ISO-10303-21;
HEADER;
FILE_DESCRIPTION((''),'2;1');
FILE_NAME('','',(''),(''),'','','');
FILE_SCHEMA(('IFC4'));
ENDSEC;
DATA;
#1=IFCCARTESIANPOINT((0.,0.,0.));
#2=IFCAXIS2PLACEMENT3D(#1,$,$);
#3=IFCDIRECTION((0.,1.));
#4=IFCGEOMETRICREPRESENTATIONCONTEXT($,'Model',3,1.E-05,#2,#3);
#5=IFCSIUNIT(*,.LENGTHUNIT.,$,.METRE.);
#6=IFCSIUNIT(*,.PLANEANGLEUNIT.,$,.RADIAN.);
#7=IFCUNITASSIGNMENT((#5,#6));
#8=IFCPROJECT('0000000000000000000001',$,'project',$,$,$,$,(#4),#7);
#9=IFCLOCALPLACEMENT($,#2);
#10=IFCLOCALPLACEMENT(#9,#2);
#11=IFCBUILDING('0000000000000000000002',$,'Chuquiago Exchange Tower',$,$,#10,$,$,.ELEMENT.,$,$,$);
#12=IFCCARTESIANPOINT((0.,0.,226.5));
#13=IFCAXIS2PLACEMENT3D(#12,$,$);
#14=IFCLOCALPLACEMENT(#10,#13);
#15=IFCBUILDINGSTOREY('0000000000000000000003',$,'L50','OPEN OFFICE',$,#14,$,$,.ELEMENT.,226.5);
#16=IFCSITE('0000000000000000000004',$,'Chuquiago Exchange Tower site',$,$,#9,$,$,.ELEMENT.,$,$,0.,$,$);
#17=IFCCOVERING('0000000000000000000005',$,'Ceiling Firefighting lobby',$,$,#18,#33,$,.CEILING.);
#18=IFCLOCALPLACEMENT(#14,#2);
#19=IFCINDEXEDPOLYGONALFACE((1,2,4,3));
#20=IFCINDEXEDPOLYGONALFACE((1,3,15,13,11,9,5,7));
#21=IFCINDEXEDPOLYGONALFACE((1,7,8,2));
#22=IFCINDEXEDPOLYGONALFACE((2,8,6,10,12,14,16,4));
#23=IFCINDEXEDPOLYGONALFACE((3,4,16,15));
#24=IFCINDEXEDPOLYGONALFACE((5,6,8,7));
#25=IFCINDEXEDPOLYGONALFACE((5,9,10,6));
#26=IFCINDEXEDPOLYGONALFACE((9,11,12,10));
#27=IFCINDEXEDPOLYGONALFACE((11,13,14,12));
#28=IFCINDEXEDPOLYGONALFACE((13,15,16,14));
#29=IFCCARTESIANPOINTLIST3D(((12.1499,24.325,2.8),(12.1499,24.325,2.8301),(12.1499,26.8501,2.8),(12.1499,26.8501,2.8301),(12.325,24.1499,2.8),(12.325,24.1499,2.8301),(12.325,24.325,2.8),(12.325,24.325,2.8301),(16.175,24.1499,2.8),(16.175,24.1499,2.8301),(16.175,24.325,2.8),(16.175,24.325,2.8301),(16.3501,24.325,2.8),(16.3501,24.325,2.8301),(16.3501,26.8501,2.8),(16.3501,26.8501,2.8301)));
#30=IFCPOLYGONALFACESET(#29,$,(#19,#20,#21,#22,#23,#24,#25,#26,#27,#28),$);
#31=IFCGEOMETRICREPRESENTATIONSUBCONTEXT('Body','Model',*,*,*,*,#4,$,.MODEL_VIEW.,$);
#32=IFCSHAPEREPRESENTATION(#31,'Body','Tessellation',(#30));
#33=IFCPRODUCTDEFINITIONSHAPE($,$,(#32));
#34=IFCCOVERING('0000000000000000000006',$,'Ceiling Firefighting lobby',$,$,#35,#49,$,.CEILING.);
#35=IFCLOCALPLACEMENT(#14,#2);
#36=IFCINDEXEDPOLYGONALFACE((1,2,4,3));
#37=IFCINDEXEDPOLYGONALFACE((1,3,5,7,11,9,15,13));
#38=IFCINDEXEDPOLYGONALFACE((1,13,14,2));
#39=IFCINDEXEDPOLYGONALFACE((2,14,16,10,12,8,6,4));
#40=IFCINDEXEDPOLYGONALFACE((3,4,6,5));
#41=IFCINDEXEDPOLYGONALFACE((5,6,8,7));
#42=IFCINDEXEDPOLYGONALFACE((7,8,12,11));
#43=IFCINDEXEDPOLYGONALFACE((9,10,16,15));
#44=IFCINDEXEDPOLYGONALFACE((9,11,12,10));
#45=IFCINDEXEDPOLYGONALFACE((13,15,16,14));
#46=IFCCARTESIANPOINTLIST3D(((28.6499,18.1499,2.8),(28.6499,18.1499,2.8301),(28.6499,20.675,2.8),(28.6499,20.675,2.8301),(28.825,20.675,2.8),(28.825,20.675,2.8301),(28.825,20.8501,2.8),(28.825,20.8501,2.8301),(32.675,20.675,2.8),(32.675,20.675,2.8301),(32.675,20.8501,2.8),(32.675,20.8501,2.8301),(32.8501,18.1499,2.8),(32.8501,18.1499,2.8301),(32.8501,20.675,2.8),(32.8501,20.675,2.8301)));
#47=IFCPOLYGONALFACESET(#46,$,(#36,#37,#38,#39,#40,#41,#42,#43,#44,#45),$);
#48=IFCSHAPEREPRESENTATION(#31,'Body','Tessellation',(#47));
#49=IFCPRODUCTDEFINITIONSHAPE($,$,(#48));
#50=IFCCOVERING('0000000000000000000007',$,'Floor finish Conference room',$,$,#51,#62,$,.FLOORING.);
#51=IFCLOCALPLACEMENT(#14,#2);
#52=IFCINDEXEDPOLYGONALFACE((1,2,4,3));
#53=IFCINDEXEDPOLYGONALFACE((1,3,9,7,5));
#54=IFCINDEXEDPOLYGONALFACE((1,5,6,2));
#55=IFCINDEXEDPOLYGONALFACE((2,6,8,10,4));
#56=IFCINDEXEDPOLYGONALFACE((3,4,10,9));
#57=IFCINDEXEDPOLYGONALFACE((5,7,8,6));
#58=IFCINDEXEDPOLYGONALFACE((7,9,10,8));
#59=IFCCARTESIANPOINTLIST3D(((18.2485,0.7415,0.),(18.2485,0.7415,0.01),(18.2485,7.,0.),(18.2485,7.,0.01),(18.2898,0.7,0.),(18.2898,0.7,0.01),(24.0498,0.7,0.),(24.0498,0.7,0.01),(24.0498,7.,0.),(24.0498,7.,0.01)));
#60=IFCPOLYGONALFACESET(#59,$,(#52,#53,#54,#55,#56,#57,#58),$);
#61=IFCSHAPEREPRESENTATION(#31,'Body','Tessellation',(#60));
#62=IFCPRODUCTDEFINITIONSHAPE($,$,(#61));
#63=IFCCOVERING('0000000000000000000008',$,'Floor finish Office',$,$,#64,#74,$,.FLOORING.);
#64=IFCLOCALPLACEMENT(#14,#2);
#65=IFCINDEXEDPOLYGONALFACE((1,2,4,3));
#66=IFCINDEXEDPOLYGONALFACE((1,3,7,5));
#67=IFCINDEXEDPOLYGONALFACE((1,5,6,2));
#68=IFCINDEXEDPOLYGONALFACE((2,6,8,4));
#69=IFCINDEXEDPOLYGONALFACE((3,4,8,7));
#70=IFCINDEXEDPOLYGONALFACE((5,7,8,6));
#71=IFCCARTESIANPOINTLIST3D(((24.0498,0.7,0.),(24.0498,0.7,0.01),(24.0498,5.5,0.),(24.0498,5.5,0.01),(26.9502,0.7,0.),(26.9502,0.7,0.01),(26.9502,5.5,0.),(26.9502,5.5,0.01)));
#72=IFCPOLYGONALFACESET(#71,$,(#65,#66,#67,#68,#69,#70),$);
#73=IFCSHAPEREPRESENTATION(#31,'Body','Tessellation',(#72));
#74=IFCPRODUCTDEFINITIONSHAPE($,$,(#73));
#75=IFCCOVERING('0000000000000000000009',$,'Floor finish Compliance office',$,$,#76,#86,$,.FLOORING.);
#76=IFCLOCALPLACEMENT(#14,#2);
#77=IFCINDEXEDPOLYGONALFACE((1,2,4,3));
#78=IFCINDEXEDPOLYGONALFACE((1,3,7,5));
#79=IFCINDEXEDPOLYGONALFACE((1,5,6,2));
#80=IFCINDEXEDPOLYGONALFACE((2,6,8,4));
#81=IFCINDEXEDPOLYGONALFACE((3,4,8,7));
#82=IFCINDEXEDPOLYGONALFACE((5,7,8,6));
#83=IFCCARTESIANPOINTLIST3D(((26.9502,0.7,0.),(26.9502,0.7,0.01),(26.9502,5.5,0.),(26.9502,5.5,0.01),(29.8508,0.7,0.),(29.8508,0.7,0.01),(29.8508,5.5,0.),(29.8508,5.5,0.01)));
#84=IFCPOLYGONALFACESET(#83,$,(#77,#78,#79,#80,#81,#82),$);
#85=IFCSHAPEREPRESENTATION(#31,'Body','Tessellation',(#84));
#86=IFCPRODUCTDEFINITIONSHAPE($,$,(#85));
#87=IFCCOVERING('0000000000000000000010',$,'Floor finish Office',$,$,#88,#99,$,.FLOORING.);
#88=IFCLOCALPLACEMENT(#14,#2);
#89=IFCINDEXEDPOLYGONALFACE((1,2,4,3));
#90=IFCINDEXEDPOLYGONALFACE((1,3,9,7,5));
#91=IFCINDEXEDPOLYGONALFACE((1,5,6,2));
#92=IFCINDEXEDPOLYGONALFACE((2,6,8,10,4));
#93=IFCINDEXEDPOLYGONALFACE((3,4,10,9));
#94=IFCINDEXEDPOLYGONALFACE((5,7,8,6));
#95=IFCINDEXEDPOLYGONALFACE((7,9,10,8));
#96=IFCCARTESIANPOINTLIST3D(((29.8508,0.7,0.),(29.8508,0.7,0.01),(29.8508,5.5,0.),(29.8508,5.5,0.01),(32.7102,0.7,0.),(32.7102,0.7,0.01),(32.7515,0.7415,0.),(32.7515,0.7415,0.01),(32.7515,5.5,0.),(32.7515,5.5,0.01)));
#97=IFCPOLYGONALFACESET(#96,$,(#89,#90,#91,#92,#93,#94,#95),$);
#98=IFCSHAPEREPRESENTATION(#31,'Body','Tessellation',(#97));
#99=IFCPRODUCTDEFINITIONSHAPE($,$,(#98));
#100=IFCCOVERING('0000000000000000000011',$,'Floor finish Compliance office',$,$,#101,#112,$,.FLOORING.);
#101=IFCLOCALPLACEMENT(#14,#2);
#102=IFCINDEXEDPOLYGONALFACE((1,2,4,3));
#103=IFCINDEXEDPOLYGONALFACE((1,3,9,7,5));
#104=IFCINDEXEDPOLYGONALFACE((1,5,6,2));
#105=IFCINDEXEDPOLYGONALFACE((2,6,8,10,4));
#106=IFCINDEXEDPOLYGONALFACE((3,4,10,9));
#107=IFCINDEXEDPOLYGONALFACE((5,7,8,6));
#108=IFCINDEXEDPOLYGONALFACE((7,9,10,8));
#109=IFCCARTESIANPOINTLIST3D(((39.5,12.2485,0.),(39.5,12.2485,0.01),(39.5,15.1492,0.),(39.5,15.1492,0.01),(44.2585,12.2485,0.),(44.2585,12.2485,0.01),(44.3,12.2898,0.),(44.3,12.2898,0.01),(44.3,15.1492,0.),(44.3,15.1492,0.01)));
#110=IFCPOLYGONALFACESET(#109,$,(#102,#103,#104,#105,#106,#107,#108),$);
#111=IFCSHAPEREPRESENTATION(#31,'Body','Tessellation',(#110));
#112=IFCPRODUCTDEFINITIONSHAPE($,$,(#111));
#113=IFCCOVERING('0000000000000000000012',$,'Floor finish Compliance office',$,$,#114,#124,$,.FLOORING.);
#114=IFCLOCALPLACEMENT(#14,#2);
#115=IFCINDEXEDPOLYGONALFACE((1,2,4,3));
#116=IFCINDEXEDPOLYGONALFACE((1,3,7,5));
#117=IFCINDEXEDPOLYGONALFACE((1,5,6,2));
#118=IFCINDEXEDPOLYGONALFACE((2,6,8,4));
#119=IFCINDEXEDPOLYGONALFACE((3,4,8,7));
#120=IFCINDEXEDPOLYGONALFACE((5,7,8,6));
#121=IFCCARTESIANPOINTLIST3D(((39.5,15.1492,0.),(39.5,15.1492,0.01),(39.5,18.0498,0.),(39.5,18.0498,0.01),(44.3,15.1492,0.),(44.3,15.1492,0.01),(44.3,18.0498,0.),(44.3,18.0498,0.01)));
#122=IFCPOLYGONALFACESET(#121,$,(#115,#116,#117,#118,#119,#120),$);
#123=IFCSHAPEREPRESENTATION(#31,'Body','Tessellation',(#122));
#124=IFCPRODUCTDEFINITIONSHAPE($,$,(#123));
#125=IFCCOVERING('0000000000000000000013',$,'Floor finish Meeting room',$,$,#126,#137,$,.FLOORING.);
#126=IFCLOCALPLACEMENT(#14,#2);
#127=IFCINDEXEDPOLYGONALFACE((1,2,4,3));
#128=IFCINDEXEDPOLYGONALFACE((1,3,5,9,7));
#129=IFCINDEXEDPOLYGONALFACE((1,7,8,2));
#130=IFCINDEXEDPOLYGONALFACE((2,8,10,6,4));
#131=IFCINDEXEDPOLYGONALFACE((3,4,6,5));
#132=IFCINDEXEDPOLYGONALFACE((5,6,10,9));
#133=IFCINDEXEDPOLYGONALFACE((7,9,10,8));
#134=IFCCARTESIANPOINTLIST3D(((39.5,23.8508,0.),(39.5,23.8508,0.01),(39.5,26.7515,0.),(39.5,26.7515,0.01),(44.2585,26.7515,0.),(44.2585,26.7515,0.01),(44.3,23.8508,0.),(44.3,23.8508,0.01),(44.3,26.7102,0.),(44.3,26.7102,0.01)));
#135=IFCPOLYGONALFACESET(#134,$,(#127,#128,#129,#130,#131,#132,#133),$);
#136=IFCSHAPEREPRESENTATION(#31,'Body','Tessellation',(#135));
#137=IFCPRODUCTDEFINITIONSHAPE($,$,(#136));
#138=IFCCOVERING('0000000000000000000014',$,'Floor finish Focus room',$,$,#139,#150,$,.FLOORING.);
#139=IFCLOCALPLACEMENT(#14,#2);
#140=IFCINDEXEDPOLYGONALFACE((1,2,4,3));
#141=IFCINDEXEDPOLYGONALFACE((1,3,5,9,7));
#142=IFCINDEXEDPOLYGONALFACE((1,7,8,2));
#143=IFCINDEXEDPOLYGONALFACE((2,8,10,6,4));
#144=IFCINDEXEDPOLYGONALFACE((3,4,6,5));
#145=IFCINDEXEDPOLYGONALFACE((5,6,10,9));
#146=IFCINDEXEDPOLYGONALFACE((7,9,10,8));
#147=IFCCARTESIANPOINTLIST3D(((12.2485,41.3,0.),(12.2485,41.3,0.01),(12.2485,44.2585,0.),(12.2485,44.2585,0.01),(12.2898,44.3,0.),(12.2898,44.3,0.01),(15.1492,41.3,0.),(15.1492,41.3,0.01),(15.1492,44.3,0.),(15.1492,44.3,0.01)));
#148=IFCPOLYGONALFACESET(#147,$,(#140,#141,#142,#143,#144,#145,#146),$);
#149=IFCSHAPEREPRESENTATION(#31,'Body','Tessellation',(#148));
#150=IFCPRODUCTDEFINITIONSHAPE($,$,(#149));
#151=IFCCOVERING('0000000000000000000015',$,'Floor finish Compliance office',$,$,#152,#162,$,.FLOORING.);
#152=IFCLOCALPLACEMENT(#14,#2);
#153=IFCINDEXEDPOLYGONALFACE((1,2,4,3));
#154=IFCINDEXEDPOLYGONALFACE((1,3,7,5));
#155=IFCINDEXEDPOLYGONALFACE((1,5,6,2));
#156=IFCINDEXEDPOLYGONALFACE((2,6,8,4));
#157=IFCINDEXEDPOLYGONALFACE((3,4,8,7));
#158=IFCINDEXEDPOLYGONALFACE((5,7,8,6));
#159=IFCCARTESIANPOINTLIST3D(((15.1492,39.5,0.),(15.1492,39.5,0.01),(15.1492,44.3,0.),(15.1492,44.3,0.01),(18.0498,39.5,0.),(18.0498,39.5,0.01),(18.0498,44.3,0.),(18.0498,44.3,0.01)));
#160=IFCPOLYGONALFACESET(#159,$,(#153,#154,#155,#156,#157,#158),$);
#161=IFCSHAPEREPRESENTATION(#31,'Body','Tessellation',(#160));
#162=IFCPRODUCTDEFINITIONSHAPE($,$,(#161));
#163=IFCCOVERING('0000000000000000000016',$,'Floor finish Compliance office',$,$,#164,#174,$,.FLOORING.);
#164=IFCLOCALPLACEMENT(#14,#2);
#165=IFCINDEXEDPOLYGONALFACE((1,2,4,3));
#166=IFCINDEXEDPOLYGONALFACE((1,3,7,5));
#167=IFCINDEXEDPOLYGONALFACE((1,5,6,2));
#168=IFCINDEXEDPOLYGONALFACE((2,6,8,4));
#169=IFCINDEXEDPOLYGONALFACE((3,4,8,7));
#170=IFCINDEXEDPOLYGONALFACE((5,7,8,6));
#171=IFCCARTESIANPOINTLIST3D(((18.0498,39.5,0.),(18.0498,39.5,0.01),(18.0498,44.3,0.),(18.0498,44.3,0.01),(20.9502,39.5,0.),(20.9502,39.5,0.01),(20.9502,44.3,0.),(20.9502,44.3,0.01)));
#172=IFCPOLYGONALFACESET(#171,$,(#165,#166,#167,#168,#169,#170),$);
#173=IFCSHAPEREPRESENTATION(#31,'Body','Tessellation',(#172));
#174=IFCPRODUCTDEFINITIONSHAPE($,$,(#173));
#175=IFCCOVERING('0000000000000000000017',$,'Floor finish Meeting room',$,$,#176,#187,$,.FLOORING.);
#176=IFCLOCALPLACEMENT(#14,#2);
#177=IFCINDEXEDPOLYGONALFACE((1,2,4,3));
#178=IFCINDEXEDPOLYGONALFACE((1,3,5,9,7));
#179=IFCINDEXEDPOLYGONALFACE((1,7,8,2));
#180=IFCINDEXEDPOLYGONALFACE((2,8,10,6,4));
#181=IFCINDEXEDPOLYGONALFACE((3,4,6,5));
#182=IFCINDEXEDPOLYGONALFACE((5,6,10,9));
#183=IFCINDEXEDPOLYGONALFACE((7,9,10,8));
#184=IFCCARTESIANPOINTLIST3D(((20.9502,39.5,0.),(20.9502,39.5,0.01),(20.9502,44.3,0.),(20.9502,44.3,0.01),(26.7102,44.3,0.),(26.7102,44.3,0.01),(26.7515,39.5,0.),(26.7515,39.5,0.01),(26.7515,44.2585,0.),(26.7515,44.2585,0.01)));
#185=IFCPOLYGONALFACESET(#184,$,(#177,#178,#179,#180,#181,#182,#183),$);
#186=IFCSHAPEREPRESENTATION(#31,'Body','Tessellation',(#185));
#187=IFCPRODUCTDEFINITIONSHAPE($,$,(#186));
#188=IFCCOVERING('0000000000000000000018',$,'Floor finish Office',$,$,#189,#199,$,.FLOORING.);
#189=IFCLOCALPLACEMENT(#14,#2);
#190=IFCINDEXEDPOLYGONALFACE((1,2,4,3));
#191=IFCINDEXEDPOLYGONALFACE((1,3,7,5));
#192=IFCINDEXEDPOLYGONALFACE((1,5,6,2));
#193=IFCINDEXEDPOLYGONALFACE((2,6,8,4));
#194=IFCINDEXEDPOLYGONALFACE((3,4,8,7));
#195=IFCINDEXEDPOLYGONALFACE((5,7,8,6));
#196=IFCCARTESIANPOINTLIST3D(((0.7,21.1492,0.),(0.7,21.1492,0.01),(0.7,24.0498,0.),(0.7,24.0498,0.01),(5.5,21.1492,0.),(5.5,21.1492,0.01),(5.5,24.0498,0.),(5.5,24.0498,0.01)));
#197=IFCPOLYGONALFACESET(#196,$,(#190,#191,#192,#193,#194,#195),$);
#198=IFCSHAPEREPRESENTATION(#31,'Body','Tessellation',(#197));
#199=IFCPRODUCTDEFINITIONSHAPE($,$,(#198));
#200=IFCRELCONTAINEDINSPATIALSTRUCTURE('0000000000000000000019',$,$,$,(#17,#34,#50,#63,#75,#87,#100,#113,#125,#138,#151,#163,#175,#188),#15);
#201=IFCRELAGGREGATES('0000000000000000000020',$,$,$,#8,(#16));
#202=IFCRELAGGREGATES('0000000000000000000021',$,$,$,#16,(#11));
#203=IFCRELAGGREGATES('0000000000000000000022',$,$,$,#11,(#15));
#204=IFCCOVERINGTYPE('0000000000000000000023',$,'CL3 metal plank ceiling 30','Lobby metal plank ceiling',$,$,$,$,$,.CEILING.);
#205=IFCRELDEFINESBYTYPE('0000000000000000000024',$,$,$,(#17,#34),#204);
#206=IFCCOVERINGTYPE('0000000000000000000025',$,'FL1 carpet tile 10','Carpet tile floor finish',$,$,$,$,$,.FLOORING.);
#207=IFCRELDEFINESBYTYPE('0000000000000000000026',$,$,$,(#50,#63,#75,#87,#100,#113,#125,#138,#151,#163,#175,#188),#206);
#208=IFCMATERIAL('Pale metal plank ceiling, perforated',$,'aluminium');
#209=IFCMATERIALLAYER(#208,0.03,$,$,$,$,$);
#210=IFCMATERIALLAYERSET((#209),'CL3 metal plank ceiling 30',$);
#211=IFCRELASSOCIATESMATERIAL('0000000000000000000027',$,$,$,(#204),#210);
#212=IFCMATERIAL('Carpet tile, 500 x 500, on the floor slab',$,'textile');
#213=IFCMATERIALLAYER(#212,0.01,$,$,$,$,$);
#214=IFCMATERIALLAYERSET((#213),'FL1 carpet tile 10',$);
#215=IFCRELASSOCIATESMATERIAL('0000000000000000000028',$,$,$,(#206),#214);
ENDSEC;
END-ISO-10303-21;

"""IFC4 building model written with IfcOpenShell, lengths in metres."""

from ifc_helpers import new_model, si_unit, direction, frame, origin, place, context, subcontext, project, spatial, polyline, outline, extrude, material, layer, layer_set, type_object, element, save


model = new_model("IFC4")

# Units and contexts
model_context = context("Model", 3, precision=1e-05, world=origin(), true_north=direction((0.0, 1.0)))
body_context = subcontext(model_context, "Body", "Model", "MODEL_VIEW")
ifc_project = project(units=[si_unit("LENGTHUNIT", "METRE"), si_unit("PLANEANGLEUNIT", "RADIAN")], contexts=[model_context])

# Site, building, storey
site_placement = place(None, origin())
site = spatial("IfcSite", under=ifc_project, at=site_placement, Name="Chuquiago Exchange Tower site", CompositionType="ELEMENT", RefElevation=0.0)
building_placement = place(site_placement, origin())
building = spatial("IfcBuilding", under=site, at=building_placement, Name="Chuquiago Exchange Tower", CompositionType="ELEMENT")
storey_placement = place(building_placement, frame((0.0, 0.0, 226.5)))
storey = spatial("IfcBuildingStorey", under=building, at=storey_placement, Name="L50", Description="OPEN OFFICE", CompositionType="ELEMENT", Elevation=226.5)

# Coverings
ifc_material_1 = material(Name="Pale metal plank ceiling, perforated", Category="aluminium")
ifc_layer_1 = layer(ifc_material_1, 0.03)
ifc_layer_set_1 = layer_set([ifc_layer_1], Name="CL3 metal plank ceiling 30")
covering_type_1 = type_object("IfcCoveringType", Name="CL3 metal plank ceiling 30", Description="Lobby metal plank ceiling", PredefinedType="CEILING", material=ifc_layer_set_1)
covering_1_placement = place(storey_placement, frame((0.0, 0.0, 2.8)))
element("IfcCovering", 1, at=covering_1_placement, inside=storey, type_object=covering_type_1, Name="Ceiling Firefighting lobby", PredefinedType="CEILING", context=body_context, shape_type="SweptSolid", body=[
    extrude(outline(polyline([(12.325, 24.1499), (12.325, 24.325), (12.1499, 24.325), (12.1499, 26.8501), (16.3501, 26.8501), (16.3501, 24.325), (16.175, 24.325), (16.175, 24.1499), (12.325, 24.1499)])), origin(), (0.0, 0.0, 1.0), 0.03),
])
covering_2_placement = place(storey_placement, frame((0.0, 0.0, 2.8)))
element("IfcCovering", 2, at=covering_2_placement, inside=storey, type_object=covering_type_1, Name="Ceiling Firefighting lobby", PredefinedType="CEILING", context=body_context, shape_type="SweptSolid", body=[
    extrude(outline(polyline([(28.6499, 18.1499), (28.6499, 20.675), (28.825, 20.675), (28.825, 20.8501), (32.675, 20.8501), (32.675, 20.675), (32.8501, 20.675), (32.8501, 18.1499), (28.6499, 18.1499)])), origin(), (0.0, 0.0, 1.0), 0.03),
])
ifc_material_2 = material(Name="Carpet tile, 500 x 500, on the floor slab", Category="textile")
ifc_layer_2 = layer(ifc_material_2, 0.01)
ifc_layer_set_2 = layer_set([ifc_layer_2], Name="FL1 carpet tile 10")
covering_type_2 = type_object("IfcCoveringType", Name="FL1 carpet tile 10", Description="Carpet tile floor finish", PredefinedType="FLOORING", material=ifc_layer_set_2)
covering_3_placement = place(storey_placement, origin())
element("IfcCovering", 3, at=covering_3_placement, inside=storey, type_object=covering_type_2, Name="Floor finish Conference room", PredefinedType="FLOORING", context=body_context, shape_type="SweptSolid", body=[
    extrude(outline(polyline([(18.2898, 0.7), (18.2485, 0.7415), (18.2485, 7.0), (24.0498, 7.0), (24.0498, 0.7), (18.2898, 0.7)])), origin(), (0.0, 0.0, 1.0), 0.01),
])
covering_4_placement = place(storey_placement, origin())
element("IfcCovering", 4, at=covering_4_placement, inside=storey, type_object=covering_type_2, Name="Floor finish Office", PredefinedType="FLOORING", context=body_context, shape_type="SweptSolid", body=[
    extrude(outline(polyline([(24.0498, 0.7), (24.0498, 5.5), (26.9502, 5.5), (26.9502, 0.7), (24.0498, 0.7)])), origin(), (0.0, 0.0, 1.0), 0.01),
])
covering_5_placement = place(storey_placement, origin())
element("IfcCovering", 5, at=covering_5_placement, inside=storey, type_object=covering_type_2, Name="Floor finish Compliance office", PredefinedType="FLOORING", context=body_context, shape_type="SweptSolid", body=[
    extrude(outline(polyline([(26.9502, 0.7), (26.9502, 5.5), (29.8508, 5.5), (29.8508, 0.7), (26.9502, 0.7)])), origin(), (0.0, 0.0, 1.0), 0.01),
])
covering_6_placement = place(storey_placement, origin())
element("IfcCovering", 6, at=covering_6_placement, inside=storey, type_object=covering_type_2, Name="Floor finish Office", PredefinedType="FLOORING", context=body_context, shape_type="SweptSolid", body=[
    extrude(outline(polyline([(32.7102, 0.7), (29.8508, 0.7), (29.8508, 5.5), (32.7515, 5.5), (32.7515, 0.7415), (32.7102, 0.7)])), origin(), (0.0, 0.0, 1.0), 0.01),
])
covering_7_placement = place(storey_placement, origin())
element("IfcCovering", 7, at=covering_7_placement, inside=storey, type_object=covering_type_2, Name="Floor finish Compliance office", PredefinedType="FLOORING", context=body_context, shape_type="SweptSolid", body=[
    extrude(outline(polyline([(44.3, 12.2898), (44.2585, 12.2485), (39.5, 12.2485), (39.5, 15.1492), (44.3, 15.1492), (44.3, 12.2898)])), origin(), (0.0, 0.0, 1.0), 0.01),
])
covering_8_placement = place(storey_placement, origin())
element("IfcCovering", 8, at=covering_8_placement, inside=storey, type_object=covering_type_2, Name="Floor finish Compliance office", PredefinedType="FLOORING", context=body_context, shape_type="SweptSolid", body=[
    extrude(outline(polyline([(44.3, 15.1492), (39.5, 15.1492), (39.5, 18.0498), (44.3, 18.0498), (44.3, 15.1492)])), origin(), (0.0, 0.0, 1.0), 0.01),
])
covering_9_placement = place(storey_placement, origin())
element("IfcCovering", 9, at=covering_9_placement, inside=storey, type_object=covering_type_2, Name="Floor finish Meeting room", PredefinedType="FLOORING", context=body_context, shape_type="SweptSolid", body=[
    extrude(outline(polyline([(44.3, 26.7102), (44.3, 23.8508), (39.5, 23.8508), (39.5, 26.7515), (44.2585, 26.7515), (44.3, 26.7102)])), origin(), (0.0, 0.0, 1.0), 0.01),
])
covering_10_placement = place(storey_placement, origin())
element("IfcCovering", 10, at=covering_10_placement, inside=storey, type_object=covering_type_2, Name="Floor finish Focus room", PredefinedType="FLOORING", context=body_context, shape_type="SweptSolid", body=[
    extrude(outline(polyline([(12.2898, 44.3), (15.1492, 44.3), (15.1492, 41.3), (12.2485, 41.3), (12.2485, 44.2585), (12.2898, 44.3)])), origin(), (0.0, 0.0, 1.0), 0.01),
])
covering_11_placement = place(storey_placement, origin())
element("IfcCovering", 11, at=covering_11_placement, inside=storey, type_object=covering_type_2, Name="Floor finish Compliance office", PredefinedType="FLOORING", context=body_context, shape_type="SweptSolid", body=[
    extrude(outline(polyline([(18.0498, 44.3), (18.0498, 39.5), (15.1492, 39.5), (15.1492, 44.3), (18.0498, 44.3)])), origin(), (0.0, 0.0, 1.0), 0.01),
])
covering_12_placement = place(storey_placement, origin())
element("IfcCovering", 12, at=covering_12_placement, inside=storey, type_object=covering_type_2, Name="Floor finish Compliance office", PredefinedType="FLOORING", context=body_context, shape_type="SweptSolid", body=[
    extrude(outline(polyline([(20.9502, 44.3), (20.9502, 39.5), (18.0498, 39.5), (18.0498, 44.3), (20.9502, 44.3)])), origin(), (0.0, 0.0, 1.0), 0.01),
])
covering_13_placement = place(storey_placement, origin())
element("IfcCovering", 13, at=covering_13_placement, inside=storey, type_object=covering_type_2, Name="Floor finish Meeting room", PredefinedType="FLOORING", context=body_context, shape_type="SweptSolid", body=[
    extrude(outline(polyline([(26.7102, 44.3), (26.7515, 44.2585), (26.7515, 39.5), (20.9502, 39.5), (20.9502, 44.3), (26.7102, 44.3)])), origin(), (0.0, 0.0, 1.0), 0.01),
])
covering_14_placement = place(storey_placement, origin())
element("IfcCovering", 14, at=covering_14_placement, inside=storey, type_object=covering_type_2, Name="Floor finish Office", PredefinedType="FLOORING", context=body_context, shape_type="SweptSolid", body=[
    extrude(outline(polyline([(0.7, 24.0498), (5.5, 24.0498), (5.5, 21.1492), (0.7, 21.1492), (0.7, 24.0498)])), origin(), (0.0, 0.0, 1.0), 0.01),
])

save(model, "model.ifc")
